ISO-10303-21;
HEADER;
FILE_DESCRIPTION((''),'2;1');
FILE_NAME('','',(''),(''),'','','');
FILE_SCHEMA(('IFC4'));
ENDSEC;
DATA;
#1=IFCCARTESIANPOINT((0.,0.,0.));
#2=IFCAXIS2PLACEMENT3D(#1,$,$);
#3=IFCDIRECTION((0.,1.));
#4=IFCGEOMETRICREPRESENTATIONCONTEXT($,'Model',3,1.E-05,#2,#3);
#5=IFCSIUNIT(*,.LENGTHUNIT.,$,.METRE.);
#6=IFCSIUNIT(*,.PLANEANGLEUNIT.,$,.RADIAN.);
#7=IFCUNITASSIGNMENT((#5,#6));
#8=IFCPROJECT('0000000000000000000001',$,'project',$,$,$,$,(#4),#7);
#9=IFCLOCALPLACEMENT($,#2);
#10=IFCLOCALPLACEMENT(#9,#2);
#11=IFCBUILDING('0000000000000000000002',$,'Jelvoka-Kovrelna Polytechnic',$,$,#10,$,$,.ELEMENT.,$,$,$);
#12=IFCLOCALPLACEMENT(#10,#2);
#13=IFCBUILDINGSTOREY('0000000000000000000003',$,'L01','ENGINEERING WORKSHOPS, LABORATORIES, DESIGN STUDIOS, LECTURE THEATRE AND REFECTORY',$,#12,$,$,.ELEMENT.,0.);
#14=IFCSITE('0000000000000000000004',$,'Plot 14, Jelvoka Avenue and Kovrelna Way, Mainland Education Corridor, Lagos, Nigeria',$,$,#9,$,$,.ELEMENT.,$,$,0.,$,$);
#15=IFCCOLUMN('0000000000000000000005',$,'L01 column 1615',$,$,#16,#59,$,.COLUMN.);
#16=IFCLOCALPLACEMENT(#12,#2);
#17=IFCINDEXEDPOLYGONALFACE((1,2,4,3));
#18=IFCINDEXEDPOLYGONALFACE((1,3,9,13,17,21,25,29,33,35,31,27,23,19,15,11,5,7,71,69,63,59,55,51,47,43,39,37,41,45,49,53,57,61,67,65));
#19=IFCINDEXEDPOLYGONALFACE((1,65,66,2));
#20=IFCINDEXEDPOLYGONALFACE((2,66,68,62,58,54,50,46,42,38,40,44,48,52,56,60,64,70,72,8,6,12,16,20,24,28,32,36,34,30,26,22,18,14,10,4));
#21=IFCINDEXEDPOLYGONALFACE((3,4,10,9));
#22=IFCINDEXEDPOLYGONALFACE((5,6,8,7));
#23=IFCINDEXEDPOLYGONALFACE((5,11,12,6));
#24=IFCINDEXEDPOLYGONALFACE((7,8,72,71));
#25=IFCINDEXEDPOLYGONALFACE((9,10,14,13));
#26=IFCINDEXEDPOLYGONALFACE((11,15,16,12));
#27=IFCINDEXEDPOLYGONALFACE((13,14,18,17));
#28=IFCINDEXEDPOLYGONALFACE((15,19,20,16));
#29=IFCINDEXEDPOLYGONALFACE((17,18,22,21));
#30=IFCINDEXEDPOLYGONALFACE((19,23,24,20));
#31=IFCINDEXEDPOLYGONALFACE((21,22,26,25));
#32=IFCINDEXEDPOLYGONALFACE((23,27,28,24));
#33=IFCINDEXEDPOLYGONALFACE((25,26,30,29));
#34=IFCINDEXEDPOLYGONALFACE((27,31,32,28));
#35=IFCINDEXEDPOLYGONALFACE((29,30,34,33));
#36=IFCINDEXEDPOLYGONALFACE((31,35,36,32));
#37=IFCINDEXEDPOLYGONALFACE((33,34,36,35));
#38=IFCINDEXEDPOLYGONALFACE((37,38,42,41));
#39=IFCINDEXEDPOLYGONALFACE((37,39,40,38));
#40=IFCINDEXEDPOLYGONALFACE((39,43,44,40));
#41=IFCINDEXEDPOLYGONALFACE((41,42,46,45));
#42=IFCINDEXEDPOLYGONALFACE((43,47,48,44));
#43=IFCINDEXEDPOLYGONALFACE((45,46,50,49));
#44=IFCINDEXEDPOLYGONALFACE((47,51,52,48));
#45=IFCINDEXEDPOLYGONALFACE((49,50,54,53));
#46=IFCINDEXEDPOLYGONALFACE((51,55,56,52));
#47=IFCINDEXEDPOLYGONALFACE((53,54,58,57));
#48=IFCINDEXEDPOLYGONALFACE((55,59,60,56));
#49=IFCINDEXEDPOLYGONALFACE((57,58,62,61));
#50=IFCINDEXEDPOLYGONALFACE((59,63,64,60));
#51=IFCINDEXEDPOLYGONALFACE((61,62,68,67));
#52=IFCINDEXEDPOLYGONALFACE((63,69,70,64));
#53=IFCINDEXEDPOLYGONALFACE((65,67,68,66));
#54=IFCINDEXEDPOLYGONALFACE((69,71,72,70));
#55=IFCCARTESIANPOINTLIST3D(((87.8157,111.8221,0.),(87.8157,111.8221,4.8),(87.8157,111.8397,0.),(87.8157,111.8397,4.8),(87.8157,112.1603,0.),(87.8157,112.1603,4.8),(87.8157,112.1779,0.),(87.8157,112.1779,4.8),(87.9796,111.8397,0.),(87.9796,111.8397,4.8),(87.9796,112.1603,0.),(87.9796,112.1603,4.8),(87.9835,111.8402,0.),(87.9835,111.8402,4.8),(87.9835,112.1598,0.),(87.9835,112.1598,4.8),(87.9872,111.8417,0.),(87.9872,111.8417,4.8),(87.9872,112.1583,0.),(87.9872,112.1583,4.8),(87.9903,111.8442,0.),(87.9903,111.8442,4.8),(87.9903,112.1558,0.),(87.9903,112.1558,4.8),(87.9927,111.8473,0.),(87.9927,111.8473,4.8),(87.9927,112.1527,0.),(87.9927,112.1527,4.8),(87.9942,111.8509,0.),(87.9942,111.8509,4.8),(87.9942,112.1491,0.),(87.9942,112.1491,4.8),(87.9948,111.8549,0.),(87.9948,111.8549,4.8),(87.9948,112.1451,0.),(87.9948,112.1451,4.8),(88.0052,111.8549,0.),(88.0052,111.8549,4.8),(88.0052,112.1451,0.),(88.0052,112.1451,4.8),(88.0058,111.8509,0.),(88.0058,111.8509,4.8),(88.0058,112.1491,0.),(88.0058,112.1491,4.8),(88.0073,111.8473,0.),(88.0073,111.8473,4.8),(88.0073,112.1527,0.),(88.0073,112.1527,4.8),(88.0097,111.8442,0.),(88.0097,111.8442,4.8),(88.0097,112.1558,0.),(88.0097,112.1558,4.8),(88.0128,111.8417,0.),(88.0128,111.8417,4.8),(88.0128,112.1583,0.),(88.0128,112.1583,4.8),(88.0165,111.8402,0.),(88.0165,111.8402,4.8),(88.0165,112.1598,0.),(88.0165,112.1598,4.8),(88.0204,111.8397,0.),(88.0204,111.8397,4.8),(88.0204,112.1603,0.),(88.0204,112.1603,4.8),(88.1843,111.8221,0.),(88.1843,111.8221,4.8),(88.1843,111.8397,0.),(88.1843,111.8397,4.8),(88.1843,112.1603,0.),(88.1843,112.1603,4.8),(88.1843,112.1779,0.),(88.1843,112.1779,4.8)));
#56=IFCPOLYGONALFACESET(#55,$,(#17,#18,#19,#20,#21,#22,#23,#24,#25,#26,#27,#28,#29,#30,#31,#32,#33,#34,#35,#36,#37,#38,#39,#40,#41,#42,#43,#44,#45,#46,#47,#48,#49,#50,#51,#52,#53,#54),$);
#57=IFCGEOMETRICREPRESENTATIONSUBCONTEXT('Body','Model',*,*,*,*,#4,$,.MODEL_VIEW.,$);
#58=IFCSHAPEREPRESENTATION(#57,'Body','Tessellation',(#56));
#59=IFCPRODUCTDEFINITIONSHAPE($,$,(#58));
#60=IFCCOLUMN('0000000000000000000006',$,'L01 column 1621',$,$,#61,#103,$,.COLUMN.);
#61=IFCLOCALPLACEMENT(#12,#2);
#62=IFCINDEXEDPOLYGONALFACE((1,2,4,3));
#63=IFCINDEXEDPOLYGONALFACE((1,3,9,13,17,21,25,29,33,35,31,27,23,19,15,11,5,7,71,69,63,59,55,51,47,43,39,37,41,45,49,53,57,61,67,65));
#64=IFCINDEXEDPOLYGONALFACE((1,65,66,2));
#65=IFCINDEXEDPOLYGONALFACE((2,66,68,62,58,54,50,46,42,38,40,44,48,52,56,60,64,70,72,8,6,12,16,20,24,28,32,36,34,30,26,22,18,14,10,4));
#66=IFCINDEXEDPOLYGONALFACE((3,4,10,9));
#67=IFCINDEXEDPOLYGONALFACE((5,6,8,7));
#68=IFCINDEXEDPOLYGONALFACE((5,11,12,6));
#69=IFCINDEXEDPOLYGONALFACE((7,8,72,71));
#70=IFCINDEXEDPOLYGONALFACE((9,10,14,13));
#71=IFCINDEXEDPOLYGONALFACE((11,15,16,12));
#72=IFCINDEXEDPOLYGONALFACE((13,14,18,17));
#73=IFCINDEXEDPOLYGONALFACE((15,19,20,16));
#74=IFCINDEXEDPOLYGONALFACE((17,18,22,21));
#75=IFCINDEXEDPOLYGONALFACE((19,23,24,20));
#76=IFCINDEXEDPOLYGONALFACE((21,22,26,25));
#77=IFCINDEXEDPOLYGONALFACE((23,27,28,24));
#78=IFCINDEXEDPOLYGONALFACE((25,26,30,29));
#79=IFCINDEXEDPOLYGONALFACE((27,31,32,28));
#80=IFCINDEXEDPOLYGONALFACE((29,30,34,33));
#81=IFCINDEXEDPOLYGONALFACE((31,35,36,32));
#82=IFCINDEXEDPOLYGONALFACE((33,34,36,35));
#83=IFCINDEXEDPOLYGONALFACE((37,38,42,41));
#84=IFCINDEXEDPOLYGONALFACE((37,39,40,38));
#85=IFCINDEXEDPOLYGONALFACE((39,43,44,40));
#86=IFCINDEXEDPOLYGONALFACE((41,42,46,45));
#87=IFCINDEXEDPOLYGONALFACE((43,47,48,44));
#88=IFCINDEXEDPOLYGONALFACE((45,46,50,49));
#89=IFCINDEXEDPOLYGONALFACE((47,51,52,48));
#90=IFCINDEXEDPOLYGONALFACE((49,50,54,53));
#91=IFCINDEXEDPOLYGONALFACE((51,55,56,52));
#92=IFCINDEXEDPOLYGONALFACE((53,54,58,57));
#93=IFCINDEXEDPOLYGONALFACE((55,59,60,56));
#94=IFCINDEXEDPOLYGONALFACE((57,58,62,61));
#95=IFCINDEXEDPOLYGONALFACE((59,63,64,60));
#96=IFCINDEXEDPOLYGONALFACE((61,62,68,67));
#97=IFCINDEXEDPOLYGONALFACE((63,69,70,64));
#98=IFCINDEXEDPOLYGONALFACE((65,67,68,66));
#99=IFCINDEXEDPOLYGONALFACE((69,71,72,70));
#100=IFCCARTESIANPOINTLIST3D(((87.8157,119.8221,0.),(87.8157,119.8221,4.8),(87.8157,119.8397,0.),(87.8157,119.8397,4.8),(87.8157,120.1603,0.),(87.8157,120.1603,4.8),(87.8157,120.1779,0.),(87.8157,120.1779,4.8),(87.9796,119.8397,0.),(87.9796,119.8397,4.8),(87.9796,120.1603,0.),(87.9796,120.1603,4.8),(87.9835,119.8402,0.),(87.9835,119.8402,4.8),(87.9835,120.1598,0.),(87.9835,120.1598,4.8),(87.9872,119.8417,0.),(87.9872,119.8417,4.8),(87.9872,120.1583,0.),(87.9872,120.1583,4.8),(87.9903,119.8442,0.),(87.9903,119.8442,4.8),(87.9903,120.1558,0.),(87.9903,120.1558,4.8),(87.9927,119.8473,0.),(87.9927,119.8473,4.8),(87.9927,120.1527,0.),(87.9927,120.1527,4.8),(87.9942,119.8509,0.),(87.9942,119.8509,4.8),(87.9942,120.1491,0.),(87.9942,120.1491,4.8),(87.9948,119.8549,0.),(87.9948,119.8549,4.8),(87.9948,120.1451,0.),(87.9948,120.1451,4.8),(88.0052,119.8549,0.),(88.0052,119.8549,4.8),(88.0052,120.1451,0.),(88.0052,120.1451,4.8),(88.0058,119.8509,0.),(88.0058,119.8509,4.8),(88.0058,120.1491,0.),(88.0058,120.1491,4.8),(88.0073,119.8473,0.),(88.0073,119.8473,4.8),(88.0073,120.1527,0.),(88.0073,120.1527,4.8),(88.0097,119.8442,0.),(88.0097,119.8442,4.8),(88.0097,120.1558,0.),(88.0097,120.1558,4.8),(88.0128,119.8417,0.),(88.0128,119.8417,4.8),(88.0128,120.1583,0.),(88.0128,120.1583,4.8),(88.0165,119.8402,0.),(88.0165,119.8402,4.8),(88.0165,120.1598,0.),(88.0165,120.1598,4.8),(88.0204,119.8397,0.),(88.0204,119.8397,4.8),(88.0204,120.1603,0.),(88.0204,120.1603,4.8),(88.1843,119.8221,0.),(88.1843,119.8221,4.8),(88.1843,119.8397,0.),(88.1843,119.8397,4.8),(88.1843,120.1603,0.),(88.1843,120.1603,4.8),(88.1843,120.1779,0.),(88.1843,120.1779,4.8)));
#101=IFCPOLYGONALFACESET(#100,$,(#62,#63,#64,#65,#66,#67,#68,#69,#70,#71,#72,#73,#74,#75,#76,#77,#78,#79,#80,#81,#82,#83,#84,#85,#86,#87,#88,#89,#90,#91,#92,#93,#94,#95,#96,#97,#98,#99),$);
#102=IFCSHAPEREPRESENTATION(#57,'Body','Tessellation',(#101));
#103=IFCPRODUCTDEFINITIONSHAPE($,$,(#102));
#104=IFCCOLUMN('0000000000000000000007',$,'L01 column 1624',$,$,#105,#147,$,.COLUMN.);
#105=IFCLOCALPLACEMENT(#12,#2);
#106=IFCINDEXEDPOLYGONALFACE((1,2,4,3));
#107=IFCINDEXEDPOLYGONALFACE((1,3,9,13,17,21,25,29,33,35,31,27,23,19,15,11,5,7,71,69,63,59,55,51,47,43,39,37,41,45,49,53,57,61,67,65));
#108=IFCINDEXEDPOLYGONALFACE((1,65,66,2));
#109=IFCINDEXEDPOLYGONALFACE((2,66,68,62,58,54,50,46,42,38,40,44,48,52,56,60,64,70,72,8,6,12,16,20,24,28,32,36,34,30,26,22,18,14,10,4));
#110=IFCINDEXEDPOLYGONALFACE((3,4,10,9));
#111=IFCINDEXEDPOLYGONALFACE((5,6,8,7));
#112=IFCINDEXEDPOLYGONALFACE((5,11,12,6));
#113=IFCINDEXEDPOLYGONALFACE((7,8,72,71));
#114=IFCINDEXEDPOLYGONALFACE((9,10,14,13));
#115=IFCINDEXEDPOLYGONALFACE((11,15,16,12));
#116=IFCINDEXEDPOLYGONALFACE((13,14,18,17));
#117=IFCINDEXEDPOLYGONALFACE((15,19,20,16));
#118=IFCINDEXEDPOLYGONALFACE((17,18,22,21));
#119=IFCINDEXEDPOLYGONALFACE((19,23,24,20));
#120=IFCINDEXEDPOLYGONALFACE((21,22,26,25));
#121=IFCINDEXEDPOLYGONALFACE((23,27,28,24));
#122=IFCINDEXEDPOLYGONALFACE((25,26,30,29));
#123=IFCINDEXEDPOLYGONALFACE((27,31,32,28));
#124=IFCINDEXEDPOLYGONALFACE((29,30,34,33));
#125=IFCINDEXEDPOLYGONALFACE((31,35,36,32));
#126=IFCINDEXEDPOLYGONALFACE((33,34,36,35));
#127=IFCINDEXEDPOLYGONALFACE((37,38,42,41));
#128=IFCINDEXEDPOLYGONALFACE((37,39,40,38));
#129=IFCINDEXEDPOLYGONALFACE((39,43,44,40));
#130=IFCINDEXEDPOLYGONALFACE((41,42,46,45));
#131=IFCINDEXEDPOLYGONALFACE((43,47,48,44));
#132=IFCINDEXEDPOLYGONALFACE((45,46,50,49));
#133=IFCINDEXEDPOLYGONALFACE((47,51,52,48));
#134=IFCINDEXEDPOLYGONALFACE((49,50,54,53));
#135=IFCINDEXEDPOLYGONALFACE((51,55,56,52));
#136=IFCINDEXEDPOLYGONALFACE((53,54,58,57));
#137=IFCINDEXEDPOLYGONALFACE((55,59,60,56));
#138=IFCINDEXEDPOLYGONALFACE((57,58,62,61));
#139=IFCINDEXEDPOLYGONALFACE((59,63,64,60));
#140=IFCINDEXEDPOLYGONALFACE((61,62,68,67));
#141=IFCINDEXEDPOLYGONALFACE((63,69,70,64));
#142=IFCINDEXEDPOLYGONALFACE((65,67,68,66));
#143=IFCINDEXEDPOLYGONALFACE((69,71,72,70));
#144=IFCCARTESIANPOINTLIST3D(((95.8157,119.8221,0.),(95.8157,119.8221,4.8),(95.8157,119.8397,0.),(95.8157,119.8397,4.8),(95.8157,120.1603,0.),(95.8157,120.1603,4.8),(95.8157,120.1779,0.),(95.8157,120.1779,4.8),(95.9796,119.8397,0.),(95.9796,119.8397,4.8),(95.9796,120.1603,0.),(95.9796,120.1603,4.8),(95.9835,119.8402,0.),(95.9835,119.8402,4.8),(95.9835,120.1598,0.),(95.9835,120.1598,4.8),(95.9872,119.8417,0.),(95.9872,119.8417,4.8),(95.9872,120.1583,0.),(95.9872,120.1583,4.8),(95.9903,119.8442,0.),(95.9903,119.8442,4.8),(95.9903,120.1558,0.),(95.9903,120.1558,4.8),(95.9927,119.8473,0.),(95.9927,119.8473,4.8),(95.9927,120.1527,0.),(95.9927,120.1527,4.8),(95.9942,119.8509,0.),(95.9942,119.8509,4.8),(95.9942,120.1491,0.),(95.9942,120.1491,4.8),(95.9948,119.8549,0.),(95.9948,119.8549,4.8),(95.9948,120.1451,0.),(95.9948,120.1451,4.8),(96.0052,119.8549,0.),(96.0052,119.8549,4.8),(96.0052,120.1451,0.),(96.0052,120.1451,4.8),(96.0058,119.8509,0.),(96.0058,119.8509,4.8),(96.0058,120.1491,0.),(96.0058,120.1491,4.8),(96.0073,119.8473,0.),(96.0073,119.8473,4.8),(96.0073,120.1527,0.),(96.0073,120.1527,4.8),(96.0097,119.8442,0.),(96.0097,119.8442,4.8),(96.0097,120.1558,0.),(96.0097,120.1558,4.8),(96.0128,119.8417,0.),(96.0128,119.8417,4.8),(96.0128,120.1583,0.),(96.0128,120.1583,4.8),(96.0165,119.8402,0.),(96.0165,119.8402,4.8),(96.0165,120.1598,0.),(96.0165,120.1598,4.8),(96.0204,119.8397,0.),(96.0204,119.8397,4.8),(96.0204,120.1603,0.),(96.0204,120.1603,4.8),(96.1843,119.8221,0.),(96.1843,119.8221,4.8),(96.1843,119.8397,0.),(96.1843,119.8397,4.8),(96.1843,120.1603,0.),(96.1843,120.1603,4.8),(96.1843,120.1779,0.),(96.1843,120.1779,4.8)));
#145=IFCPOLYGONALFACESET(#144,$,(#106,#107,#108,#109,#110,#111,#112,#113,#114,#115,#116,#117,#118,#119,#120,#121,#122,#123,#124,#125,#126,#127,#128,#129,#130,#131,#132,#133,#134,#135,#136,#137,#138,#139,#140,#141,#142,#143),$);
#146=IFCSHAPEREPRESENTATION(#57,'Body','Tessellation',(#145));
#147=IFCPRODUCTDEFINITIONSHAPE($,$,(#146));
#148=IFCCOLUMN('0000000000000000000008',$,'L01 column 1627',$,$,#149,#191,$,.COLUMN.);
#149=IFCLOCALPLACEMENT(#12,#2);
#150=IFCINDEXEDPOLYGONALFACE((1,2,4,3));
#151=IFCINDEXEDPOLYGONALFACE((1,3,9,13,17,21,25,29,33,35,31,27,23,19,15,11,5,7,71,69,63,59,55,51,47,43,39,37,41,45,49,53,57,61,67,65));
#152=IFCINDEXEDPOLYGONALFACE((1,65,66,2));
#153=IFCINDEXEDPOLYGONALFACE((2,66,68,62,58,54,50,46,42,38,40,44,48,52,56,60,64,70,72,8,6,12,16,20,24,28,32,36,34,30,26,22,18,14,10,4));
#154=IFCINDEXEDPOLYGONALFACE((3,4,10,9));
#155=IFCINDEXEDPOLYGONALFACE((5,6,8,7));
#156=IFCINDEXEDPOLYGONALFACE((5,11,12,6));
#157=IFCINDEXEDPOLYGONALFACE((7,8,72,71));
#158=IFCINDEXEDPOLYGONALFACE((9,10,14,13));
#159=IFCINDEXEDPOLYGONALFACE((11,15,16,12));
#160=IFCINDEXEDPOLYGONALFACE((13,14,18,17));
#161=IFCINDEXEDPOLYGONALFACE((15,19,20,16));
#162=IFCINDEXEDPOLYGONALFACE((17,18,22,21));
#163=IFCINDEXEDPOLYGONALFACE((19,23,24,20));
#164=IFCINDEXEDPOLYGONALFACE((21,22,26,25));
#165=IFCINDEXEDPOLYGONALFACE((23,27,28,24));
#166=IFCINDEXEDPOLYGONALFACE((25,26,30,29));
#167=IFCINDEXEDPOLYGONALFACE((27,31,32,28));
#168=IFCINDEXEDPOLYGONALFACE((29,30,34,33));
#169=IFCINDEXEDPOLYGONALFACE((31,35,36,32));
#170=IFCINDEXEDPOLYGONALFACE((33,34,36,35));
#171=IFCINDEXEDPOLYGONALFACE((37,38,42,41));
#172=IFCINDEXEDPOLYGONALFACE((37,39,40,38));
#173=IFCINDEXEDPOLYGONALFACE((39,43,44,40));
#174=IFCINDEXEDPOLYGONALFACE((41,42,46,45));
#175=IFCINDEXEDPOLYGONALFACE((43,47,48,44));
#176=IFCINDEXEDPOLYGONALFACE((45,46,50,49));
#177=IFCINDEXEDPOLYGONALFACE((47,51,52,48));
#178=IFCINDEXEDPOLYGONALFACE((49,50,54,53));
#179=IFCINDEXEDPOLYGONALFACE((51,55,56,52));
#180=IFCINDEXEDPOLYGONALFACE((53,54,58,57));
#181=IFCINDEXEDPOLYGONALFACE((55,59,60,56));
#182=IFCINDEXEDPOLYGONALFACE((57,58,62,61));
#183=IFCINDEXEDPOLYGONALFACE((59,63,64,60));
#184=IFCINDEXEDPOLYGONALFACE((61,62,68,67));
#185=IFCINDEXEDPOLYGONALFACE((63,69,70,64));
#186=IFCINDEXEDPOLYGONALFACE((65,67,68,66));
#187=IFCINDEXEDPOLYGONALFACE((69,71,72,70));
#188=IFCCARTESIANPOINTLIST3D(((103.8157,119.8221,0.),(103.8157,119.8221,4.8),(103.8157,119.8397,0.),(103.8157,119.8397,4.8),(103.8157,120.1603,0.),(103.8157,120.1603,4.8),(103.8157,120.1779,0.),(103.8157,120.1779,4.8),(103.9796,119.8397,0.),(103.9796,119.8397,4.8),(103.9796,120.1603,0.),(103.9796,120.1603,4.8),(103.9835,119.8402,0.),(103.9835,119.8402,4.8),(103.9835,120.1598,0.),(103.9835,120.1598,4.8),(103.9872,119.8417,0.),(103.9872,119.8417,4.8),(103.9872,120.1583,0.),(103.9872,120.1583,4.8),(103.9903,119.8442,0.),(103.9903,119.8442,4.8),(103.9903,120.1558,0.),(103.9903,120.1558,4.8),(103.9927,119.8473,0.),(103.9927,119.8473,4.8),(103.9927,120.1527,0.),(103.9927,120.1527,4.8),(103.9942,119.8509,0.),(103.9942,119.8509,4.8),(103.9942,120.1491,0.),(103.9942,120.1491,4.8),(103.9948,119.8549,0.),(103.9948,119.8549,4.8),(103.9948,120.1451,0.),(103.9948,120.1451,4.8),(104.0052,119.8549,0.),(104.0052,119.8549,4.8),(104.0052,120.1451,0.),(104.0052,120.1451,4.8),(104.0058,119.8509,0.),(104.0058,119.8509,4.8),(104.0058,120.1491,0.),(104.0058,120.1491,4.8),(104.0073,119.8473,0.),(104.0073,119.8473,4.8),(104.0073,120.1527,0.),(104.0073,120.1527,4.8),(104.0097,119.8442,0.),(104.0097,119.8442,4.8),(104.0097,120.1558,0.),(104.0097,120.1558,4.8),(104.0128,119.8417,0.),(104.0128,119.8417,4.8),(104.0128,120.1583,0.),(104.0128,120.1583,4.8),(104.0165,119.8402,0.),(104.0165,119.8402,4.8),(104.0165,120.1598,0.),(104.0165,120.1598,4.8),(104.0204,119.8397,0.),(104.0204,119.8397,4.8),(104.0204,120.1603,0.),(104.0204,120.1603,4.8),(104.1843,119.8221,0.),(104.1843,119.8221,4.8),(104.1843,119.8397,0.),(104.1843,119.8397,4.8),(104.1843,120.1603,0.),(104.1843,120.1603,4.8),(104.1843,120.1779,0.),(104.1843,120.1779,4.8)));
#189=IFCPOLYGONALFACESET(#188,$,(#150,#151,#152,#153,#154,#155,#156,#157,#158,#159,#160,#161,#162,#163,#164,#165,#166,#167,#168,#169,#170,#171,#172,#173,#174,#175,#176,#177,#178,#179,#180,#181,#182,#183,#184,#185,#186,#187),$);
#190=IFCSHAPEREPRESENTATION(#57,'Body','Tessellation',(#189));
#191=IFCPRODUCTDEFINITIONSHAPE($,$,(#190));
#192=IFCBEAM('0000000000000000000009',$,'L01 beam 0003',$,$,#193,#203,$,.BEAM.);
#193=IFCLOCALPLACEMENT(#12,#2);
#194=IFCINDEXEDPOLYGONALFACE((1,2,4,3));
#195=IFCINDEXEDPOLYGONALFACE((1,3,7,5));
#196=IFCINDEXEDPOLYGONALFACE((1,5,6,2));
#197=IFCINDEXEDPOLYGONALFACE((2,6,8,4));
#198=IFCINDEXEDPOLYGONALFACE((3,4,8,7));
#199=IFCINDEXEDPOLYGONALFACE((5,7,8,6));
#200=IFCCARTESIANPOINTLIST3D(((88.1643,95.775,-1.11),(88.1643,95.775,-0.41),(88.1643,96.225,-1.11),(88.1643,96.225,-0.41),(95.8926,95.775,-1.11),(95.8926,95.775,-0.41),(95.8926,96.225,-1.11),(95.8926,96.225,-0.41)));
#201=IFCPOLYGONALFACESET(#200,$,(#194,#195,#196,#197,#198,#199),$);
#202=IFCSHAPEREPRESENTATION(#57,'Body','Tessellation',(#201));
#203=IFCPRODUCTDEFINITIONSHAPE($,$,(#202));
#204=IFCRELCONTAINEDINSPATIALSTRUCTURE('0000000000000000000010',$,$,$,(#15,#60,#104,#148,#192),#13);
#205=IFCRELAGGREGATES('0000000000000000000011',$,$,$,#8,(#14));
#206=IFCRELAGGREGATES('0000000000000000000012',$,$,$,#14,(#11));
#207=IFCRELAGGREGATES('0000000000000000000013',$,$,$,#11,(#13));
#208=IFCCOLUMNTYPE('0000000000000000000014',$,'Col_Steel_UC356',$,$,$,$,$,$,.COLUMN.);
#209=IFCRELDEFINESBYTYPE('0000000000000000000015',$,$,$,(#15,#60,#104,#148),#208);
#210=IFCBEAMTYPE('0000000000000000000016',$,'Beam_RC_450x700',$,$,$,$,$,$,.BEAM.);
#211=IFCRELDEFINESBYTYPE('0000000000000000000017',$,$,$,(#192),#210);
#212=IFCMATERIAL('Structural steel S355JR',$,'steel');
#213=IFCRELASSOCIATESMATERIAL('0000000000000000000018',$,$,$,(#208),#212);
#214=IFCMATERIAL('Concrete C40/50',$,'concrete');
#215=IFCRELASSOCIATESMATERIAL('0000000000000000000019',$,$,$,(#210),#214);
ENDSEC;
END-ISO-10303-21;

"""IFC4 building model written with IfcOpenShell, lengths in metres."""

from ifc_helpers import new_model, si_unit, direction, frame, origin, origin_2d, place, context, subcontext, project, spatial, rectangle, i_section, extrude, material, material_profile, profile_set, type_object, element, save


model = new_model("IFC4")

# Units and contexts
model_context = context("Model", 3, precision=1e-05, world=origin(), true_north=direction((0.0, 1.0)))
body_context = subcontext(model_context, "Body", "Model", "MODEL_VIEW")
ifc_project = project(units=[si_unit("LENGTHUNIT", "METRE"), si_unit("PLANEANGLEUNIT", "RADIAN")], contexts=[model_context])

# Site, building, storey
site_placement = place(None, origin())
site = spatial("IfcSite", under=ifc_project, at=site_placement, Name="Plot 14, Jelvoka Avenue and Kovrelna Way, Mainland Education Corridor, Lagos, Nigeria", CompositionType="ELEMENT", RefElevation=0.0)
building_placement = place(site_placement, origin())
building = spatial("IfcBuilding", under=site, at=building_placement, Name="Jelvoka-Kovrelna Polytechnic", CompositionType="ELEMENT")
storey_placement = place(building_placement, origin())
storey = spatial("IfcBuildingStorey", under=building, at=storey_placement, Name="L01", Description="ENGINEERING WORKSHOPS, LABORATORIES, DESIGN STUDIOS, LECTURE THEATRE AND REFECTORY", CompositionType="ELEMENT", Elevation=0.0)

# Columns
ifc_material_1 = material(Name="Structural steel S355JR", Category="steel")
ifc_material_profile_1 = material_profile(ifc_material_1, i_section(OverallWidth=0.3687, OverallDepth=0.3557, WebThickness=0.0105, FlangeThickness=0.0176, FilletRadius=0.0151, at=origin_2d()), Name="356x368x129 UC")
ifc_profile_set_1 = profile_set([ifc_material_profile_1], Name="Structural steel S355JR")
column_type_1 = type_object("IfcColumnType", Name="Col_Steel_UC356", PredefinedType="COLUMN", material=ifc_profile_set_1)
for number, where, z_axis, x_axis, name in (
    (1, (88.0, 112.0, 0.0), (0.0, 0.0, 1.0), (1.0, 0.0, 0.0), "L01 column 1615"),
    (2, (88.0, 120.0, 0.0), (0.0, 0.0, 1.0), (1.0, 0.0, 0.0), "L01 column 1621"),
    (3, (96.0, 120.0, 0.0), (0.0, 0.0, 1.0), (1.0, 0.0, 0.0), "L01 column 1624"),
    (4, (104.0, 120.0, 0.0), (0.0, 0.0, 1.0), (1.0, 0.0, 0.0), "L01 column 1627"),
):
    element("IfcColumn", number, at=place(storey_placement, frame(where, z_axis=z_axis, x_axis=x_axis)), inside=storey, type_object=column_type_1, Name=name, PredefinedType="COLUMN", context=body_context, shape_type="SweptSolid", body=[
        extrude(i_section(OverallWidth=0.3687, OverallDepth=0.3557, WebThickness=0.0105, FlangeThickness=0.0176, FilletRadius=0.0151, at=origin_2d()), origin(), (0.0, 0.0, 1.0), 4.8),
    ])

# Beam
ifc_material_2 = material(Name="Concrete C40/50", Category="concrete")
ifc_material_profile_2 = material_profile(ifc_material_2, rectangle(XDim=0.45, YDim=0.7, at=origin_2d()), Name="RC 450x700")
ifc_profile_set_2 = profile_set([ifc_material_profile_2], Name="Concrete C40/50")
beam_type = type_object("IfcBeamType", Name="Beam_RC_450x700", PredefinedType="BEAM", material=ifc_profile_set_2)
beam_1_placement = place(storey_placement, frame((88.1643, 96.0, -0.76), z_axis=(1.0, 0.0, 0.0), x_axis=(0.0, 1.0, 0.0)))
element("IfcBeam", 5, at=beam_1_placement, inside=storey, type_object=beam_type, Name="L01 beam 0003", PredefinedType="BEAM", context=body_context, shape_type="SweptSolid", body=[
    extrude(rectangle(XDim=0.45, YDim=0.7, at=origin_2d()), origin(), (0.0, 0.0, 1.0), 7.7283),
])

save(model, "model.ifc")
